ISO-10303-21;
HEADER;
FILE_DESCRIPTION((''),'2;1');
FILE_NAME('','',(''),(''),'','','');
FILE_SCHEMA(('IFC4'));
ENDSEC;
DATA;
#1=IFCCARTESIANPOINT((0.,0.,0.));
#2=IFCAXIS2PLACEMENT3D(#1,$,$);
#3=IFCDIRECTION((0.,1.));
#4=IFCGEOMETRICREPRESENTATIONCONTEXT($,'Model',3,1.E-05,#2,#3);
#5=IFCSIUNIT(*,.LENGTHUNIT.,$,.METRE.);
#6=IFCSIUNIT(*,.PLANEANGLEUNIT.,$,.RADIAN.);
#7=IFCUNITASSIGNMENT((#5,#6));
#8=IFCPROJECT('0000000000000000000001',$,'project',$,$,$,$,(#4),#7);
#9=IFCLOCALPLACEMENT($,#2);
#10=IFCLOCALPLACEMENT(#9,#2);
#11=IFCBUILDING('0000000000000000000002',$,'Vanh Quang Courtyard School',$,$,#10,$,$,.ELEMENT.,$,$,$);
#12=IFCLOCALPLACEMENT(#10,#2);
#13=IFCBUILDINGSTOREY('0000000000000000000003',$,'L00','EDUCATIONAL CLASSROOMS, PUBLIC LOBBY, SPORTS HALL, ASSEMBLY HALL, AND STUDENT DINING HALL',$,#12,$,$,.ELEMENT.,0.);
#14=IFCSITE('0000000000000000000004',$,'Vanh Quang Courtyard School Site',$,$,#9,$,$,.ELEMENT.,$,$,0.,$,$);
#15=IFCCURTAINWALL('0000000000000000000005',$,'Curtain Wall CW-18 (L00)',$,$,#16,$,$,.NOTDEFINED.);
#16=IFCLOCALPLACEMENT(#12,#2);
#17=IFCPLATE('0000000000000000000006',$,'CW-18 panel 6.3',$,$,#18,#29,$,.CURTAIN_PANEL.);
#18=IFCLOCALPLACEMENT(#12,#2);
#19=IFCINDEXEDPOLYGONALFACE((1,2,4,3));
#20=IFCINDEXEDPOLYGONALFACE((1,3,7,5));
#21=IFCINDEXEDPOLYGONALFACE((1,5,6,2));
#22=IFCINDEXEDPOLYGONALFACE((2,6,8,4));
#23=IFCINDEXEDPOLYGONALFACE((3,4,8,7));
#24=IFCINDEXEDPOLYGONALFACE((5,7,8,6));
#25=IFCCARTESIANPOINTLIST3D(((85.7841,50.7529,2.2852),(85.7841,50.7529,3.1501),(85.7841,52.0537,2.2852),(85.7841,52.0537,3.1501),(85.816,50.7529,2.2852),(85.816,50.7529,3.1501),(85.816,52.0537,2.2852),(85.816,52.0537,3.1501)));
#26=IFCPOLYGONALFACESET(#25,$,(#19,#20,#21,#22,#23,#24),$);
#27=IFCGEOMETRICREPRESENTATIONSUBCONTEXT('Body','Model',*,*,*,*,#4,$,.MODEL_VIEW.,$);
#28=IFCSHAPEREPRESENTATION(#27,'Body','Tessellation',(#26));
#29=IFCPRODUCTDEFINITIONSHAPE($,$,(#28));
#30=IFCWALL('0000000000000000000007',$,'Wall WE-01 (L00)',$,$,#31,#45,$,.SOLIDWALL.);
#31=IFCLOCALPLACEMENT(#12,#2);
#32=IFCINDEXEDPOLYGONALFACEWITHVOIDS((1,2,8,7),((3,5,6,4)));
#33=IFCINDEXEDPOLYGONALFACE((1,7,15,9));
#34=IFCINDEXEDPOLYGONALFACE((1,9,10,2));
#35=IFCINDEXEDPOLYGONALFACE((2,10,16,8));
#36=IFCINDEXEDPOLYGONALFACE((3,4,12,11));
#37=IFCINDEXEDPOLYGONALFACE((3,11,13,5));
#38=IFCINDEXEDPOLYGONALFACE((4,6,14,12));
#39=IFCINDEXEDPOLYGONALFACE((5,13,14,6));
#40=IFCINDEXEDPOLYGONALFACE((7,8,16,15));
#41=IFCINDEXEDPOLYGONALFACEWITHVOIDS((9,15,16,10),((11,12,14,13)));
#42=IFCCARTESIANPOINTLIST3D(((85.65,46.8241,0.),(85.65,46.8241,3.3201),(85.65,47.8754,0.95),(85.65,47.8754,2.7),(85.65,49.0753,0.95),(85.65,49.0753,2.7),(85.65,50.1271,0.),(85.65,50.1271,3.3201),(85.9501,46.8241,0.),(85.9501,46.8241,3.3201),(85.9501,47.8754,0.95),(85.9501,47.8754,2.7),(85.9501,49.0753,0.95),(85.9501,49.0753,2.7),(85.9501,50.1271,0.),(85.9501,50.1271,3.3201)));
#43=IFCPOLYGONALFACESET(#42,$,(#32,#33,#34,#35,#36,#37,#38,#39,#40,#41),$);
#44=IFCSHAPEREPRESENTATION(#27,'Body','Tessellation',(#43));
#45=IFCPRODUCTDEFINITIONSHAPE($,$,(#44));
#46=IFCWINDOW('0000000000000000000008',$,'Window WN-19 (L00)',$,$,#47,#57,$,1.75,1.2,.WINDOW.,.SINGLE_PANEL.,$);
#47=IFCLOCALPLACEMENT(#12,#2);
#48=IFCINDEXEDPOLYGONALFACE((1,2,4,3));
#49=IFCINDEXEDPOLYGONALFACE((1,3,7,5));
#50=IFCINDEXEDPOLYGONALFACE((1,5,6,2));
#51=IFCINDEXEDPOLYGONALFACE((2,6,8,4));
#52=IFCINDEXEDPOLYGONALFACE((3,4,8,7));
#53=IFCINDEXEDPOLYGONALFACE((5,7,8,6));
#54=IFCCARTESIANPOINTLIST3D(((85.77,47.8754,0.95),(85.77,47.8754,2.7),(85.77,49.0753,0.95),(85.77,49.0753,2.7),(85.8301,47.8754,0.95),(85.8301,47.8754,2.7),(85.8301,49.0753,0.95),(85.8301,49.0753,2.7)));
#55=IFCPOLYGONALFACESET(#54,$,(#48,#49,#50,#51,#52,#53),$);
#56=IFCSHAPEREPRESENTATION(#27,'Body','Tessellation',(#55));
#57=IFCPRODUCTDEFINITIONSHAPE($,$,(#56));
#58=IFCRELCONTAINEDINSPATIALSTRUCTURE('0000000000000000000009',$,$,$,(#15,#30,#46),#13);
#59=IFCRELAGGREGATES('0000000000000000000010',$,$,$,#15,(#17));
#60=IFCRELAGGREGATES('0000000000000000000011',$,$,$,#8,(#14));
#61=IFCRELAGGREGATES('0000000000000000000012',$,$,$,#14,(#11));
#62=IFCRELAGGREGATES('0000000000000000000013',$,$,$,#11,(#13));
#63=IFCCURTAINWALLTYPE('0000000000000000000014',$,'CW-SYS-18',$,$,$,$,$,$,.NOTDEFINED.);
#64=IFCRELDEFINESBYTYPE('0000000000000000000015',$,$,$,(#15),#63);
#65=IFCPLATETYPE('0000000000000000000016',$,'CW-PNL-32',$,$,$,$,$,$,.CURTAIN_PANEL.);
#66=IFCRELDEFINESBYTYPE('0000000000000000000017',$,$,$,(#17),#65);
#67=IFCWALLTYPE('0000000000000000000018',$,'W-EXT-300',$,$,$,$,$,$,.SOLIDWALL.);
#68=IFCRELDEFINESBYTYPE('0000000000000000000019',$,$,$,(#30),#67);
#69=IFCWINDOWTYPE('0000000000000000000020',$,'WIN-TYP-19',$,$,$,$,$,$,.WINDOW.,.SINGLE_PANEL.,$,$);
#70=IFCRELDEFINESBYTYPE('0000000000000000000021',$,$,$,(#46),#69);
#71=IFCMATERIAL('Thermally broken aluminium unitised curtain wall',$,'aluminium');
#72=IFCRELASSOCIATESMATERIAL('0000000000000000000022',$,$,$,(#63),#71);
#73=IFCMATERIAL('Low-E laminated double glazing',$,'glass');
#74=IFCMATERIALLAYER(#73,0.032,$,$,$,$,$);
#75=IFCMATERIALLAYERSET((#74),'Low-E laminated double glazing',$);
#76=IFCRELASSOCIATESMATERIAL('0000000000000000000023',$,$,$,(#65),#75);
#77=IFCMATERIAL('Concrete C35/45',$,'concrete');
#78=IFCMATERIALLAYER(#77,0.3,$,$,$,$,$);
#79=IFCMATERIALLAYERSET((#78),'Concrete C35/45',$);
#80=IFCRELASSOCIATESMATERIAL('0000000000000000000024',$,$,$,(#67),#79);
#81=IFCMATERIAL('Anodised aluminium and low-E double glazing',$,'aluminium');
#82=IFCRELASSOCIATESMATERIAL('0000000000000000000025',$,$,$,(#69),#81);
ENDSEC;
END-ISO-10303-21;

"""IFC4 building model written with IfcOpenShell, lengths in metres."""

from ifc_helpers import new_model, si_unit, direction, frame, frame_2d, origin, origin_2d, place, context, subcontext, project, spatial, rectangle, extrude, material, layer, layer_set, type_object, element, fill, aggregate, save


model = new_model("IFC4")

# Units and contexts
model_context = context("Model", 3, precision=1e-05, world=origin(), true_north=direction((0.0, 1.0)))
body_context = subcontext(model_context, "Body", "Model", "MODEL_VIEW")
ifc_project = project(units=[si_unit("LENGTHUNIT", "METRE"), si_unit("PLANEANGLEUNIT", "RADIAN")], contexts=[model_context])

# Site, building, storey
site_placement = place(None, origin())
site = spatial("IfcSite", under=ifc_project, at=site_placement, Name="Vanh Quang Courtyard School Site", CompositionType="ELEMENT", RefElevation=0.0)
building_placement = place(site_placement, origin())
building = spatial("IfcBuilding", under=site, at=building_placement, Name="Vanh Quang Courtyard School", CompositionType="ELEMENT")
storey_placement = place(building_placement, origin())
storey = spatial("IfcBuildingStorey", under=building, at=storey_placement, Name="L00", Description="EDUCATIONAL CLASSROOMS, PUBLIC LOBBY, SPORTS HALL, ASSEMBLY HALL, AND STUDENT DINING HALL", CompositionType="ELEMENT", Elevation=0.0)

# Shared definitions
ifc_material_1 = material(Name="Concrete C35/45", Category="concrete")

# Curtain wall, plate
ifc_material_2 = material(Name="Thermally broken aluminium unitised curtain wall", Category="aluminium")
curtain_wall_type = type_object("IfcCurtainWallType", Name="CW-SYS-18", PredefinedType="NOTDEFINED", material=ifc_material_2)
curtain_wall_placement = place(storey_placement, origin())
curtain_wall = element("IfcCurtainWall", 1, at=curtain_wall_placement, inside=storey, type_object=curtain_wall_type, Name="Curtain Wall CW-18 (L00)", PredefinedType="NOTDEFINED")
ifc_material_3 = material(Name="Low-E laminated double glazing", Category="glass")
ifc_layer_1 = layer(ifc_material_3, 0.032)
ifc_layer_set_1 = layer_set([ifc_layer_1], Name="Low-E laminated double glazing")
plate_type = type_object("IfcPlateType", Name="CW-PNL-32", PredefinedType="CURTAIN_PANEL", material=ifc_layer_set_1)
plate_1_placement = place(storey_placement, frame((85.8, 51.4033, 2.2852), z_axis=(0.0, 0.0, 1.0), x_axis=(0.0, -1.0, 0.0)))
plate_1 = element("IfcPlate", 2, at=plate_1_placement, type_object=plate_type, Name="CW-18 panel 6.3", PredefinedType="CURTAIN_PANEL", context=body_context, shape_type="SweptSolid", body=[
    extrude(rectangle(XDim=1.3008, YDim=0.032, at=origin_2d()), origin(), (0.0, 0.0, 1.0), 0.865),
])
aggregate(curtain_wall, [plate_1])

# Wall, opening, window
ifc_layer_2 = layer(ifc_material_1, 0.3)
ifc_layer_set_2 = layer_set([ifc_layer_2], Name="Concrete C35/45")
wall_type = type_object("IfcWallType", Name="W-EXT-300", PredefinedType="SOLIDWALL", material=ifc_layer_set_2)
wall_placement = place(storey_placement, frame((85.8, 50.127, 0.0), z_axis=(0.0, 0.0, 1.0), x_axis=(0.0, -1.0, 0.0)))
wall = element("IfcWall", 3, at=wall_placement, inside=storey, type_object=wall_type, Name="Wall WE-01 (L00)", PredefinedType="SOLIDWALL", context=body_context, shape_type="SweptSolid", body=[
    extrude(rectangle(XDim=3.303, YDim=0.3, at=frame_2d((1.6514, 0.0))), origin(), (0.0, 0.0, 1.0), 3.3201),
])
opening_placement = place(wall_placement, frame((1.0515, 0.0, 0.95)))
opening = element("IfcOpeningElement", 4, at=opening_placement, cuts=wall, PredefinedType="OPENING", context=body_context, shape_type="SweptSolid", body=[
    extrude(rectangle(XDim=1.2, YDim=1.75, at=frame_2d((0.6001, 0.875))), frame((0.0, 0.1602, 0.0), z_axis=(0.0, -1.0, 0.0), x_axis=(1.0, 0.0, 0.0)), (0.0, 0.0, 1.0), 0.3201),
])
ifc_material_4 = material(Name="Anodised aluminium and low-E double glazing", Category="aluminium")
window_type = type_object("IfcWindowType", Name="WIN-TYP-19", PartitioningType="SINGLE_PANEL", PredefinedType="WINDOW", material=ifc_material_4)
window_placement = place(opening_placement, origin())
window = element("IfcWindow", 5, at=window_placement, inside=storey, type_object=window_type, Name="Window WN-19 (L00)", OverallHeight=1.75, OverallWidth=1.2, PartitioningType="SINGLE_PANEL", PredefinedType="WINDOW", context=body_context, shape_type="SweptSolid", body=[
    extrude(rectangle(XDim=1.2, YDim=1.75, at=frame_2d((0.6001, 0.875))), frame((0.0, 0.03, 0.0), z_axis=(0.0, -1.0, 0.0), x_axis=(1.0, 0.0, 0.0)), (0.0, 0.0, 1.0), 0.0601),
])
fill(opening, window)

save(model, "model.ifc")
